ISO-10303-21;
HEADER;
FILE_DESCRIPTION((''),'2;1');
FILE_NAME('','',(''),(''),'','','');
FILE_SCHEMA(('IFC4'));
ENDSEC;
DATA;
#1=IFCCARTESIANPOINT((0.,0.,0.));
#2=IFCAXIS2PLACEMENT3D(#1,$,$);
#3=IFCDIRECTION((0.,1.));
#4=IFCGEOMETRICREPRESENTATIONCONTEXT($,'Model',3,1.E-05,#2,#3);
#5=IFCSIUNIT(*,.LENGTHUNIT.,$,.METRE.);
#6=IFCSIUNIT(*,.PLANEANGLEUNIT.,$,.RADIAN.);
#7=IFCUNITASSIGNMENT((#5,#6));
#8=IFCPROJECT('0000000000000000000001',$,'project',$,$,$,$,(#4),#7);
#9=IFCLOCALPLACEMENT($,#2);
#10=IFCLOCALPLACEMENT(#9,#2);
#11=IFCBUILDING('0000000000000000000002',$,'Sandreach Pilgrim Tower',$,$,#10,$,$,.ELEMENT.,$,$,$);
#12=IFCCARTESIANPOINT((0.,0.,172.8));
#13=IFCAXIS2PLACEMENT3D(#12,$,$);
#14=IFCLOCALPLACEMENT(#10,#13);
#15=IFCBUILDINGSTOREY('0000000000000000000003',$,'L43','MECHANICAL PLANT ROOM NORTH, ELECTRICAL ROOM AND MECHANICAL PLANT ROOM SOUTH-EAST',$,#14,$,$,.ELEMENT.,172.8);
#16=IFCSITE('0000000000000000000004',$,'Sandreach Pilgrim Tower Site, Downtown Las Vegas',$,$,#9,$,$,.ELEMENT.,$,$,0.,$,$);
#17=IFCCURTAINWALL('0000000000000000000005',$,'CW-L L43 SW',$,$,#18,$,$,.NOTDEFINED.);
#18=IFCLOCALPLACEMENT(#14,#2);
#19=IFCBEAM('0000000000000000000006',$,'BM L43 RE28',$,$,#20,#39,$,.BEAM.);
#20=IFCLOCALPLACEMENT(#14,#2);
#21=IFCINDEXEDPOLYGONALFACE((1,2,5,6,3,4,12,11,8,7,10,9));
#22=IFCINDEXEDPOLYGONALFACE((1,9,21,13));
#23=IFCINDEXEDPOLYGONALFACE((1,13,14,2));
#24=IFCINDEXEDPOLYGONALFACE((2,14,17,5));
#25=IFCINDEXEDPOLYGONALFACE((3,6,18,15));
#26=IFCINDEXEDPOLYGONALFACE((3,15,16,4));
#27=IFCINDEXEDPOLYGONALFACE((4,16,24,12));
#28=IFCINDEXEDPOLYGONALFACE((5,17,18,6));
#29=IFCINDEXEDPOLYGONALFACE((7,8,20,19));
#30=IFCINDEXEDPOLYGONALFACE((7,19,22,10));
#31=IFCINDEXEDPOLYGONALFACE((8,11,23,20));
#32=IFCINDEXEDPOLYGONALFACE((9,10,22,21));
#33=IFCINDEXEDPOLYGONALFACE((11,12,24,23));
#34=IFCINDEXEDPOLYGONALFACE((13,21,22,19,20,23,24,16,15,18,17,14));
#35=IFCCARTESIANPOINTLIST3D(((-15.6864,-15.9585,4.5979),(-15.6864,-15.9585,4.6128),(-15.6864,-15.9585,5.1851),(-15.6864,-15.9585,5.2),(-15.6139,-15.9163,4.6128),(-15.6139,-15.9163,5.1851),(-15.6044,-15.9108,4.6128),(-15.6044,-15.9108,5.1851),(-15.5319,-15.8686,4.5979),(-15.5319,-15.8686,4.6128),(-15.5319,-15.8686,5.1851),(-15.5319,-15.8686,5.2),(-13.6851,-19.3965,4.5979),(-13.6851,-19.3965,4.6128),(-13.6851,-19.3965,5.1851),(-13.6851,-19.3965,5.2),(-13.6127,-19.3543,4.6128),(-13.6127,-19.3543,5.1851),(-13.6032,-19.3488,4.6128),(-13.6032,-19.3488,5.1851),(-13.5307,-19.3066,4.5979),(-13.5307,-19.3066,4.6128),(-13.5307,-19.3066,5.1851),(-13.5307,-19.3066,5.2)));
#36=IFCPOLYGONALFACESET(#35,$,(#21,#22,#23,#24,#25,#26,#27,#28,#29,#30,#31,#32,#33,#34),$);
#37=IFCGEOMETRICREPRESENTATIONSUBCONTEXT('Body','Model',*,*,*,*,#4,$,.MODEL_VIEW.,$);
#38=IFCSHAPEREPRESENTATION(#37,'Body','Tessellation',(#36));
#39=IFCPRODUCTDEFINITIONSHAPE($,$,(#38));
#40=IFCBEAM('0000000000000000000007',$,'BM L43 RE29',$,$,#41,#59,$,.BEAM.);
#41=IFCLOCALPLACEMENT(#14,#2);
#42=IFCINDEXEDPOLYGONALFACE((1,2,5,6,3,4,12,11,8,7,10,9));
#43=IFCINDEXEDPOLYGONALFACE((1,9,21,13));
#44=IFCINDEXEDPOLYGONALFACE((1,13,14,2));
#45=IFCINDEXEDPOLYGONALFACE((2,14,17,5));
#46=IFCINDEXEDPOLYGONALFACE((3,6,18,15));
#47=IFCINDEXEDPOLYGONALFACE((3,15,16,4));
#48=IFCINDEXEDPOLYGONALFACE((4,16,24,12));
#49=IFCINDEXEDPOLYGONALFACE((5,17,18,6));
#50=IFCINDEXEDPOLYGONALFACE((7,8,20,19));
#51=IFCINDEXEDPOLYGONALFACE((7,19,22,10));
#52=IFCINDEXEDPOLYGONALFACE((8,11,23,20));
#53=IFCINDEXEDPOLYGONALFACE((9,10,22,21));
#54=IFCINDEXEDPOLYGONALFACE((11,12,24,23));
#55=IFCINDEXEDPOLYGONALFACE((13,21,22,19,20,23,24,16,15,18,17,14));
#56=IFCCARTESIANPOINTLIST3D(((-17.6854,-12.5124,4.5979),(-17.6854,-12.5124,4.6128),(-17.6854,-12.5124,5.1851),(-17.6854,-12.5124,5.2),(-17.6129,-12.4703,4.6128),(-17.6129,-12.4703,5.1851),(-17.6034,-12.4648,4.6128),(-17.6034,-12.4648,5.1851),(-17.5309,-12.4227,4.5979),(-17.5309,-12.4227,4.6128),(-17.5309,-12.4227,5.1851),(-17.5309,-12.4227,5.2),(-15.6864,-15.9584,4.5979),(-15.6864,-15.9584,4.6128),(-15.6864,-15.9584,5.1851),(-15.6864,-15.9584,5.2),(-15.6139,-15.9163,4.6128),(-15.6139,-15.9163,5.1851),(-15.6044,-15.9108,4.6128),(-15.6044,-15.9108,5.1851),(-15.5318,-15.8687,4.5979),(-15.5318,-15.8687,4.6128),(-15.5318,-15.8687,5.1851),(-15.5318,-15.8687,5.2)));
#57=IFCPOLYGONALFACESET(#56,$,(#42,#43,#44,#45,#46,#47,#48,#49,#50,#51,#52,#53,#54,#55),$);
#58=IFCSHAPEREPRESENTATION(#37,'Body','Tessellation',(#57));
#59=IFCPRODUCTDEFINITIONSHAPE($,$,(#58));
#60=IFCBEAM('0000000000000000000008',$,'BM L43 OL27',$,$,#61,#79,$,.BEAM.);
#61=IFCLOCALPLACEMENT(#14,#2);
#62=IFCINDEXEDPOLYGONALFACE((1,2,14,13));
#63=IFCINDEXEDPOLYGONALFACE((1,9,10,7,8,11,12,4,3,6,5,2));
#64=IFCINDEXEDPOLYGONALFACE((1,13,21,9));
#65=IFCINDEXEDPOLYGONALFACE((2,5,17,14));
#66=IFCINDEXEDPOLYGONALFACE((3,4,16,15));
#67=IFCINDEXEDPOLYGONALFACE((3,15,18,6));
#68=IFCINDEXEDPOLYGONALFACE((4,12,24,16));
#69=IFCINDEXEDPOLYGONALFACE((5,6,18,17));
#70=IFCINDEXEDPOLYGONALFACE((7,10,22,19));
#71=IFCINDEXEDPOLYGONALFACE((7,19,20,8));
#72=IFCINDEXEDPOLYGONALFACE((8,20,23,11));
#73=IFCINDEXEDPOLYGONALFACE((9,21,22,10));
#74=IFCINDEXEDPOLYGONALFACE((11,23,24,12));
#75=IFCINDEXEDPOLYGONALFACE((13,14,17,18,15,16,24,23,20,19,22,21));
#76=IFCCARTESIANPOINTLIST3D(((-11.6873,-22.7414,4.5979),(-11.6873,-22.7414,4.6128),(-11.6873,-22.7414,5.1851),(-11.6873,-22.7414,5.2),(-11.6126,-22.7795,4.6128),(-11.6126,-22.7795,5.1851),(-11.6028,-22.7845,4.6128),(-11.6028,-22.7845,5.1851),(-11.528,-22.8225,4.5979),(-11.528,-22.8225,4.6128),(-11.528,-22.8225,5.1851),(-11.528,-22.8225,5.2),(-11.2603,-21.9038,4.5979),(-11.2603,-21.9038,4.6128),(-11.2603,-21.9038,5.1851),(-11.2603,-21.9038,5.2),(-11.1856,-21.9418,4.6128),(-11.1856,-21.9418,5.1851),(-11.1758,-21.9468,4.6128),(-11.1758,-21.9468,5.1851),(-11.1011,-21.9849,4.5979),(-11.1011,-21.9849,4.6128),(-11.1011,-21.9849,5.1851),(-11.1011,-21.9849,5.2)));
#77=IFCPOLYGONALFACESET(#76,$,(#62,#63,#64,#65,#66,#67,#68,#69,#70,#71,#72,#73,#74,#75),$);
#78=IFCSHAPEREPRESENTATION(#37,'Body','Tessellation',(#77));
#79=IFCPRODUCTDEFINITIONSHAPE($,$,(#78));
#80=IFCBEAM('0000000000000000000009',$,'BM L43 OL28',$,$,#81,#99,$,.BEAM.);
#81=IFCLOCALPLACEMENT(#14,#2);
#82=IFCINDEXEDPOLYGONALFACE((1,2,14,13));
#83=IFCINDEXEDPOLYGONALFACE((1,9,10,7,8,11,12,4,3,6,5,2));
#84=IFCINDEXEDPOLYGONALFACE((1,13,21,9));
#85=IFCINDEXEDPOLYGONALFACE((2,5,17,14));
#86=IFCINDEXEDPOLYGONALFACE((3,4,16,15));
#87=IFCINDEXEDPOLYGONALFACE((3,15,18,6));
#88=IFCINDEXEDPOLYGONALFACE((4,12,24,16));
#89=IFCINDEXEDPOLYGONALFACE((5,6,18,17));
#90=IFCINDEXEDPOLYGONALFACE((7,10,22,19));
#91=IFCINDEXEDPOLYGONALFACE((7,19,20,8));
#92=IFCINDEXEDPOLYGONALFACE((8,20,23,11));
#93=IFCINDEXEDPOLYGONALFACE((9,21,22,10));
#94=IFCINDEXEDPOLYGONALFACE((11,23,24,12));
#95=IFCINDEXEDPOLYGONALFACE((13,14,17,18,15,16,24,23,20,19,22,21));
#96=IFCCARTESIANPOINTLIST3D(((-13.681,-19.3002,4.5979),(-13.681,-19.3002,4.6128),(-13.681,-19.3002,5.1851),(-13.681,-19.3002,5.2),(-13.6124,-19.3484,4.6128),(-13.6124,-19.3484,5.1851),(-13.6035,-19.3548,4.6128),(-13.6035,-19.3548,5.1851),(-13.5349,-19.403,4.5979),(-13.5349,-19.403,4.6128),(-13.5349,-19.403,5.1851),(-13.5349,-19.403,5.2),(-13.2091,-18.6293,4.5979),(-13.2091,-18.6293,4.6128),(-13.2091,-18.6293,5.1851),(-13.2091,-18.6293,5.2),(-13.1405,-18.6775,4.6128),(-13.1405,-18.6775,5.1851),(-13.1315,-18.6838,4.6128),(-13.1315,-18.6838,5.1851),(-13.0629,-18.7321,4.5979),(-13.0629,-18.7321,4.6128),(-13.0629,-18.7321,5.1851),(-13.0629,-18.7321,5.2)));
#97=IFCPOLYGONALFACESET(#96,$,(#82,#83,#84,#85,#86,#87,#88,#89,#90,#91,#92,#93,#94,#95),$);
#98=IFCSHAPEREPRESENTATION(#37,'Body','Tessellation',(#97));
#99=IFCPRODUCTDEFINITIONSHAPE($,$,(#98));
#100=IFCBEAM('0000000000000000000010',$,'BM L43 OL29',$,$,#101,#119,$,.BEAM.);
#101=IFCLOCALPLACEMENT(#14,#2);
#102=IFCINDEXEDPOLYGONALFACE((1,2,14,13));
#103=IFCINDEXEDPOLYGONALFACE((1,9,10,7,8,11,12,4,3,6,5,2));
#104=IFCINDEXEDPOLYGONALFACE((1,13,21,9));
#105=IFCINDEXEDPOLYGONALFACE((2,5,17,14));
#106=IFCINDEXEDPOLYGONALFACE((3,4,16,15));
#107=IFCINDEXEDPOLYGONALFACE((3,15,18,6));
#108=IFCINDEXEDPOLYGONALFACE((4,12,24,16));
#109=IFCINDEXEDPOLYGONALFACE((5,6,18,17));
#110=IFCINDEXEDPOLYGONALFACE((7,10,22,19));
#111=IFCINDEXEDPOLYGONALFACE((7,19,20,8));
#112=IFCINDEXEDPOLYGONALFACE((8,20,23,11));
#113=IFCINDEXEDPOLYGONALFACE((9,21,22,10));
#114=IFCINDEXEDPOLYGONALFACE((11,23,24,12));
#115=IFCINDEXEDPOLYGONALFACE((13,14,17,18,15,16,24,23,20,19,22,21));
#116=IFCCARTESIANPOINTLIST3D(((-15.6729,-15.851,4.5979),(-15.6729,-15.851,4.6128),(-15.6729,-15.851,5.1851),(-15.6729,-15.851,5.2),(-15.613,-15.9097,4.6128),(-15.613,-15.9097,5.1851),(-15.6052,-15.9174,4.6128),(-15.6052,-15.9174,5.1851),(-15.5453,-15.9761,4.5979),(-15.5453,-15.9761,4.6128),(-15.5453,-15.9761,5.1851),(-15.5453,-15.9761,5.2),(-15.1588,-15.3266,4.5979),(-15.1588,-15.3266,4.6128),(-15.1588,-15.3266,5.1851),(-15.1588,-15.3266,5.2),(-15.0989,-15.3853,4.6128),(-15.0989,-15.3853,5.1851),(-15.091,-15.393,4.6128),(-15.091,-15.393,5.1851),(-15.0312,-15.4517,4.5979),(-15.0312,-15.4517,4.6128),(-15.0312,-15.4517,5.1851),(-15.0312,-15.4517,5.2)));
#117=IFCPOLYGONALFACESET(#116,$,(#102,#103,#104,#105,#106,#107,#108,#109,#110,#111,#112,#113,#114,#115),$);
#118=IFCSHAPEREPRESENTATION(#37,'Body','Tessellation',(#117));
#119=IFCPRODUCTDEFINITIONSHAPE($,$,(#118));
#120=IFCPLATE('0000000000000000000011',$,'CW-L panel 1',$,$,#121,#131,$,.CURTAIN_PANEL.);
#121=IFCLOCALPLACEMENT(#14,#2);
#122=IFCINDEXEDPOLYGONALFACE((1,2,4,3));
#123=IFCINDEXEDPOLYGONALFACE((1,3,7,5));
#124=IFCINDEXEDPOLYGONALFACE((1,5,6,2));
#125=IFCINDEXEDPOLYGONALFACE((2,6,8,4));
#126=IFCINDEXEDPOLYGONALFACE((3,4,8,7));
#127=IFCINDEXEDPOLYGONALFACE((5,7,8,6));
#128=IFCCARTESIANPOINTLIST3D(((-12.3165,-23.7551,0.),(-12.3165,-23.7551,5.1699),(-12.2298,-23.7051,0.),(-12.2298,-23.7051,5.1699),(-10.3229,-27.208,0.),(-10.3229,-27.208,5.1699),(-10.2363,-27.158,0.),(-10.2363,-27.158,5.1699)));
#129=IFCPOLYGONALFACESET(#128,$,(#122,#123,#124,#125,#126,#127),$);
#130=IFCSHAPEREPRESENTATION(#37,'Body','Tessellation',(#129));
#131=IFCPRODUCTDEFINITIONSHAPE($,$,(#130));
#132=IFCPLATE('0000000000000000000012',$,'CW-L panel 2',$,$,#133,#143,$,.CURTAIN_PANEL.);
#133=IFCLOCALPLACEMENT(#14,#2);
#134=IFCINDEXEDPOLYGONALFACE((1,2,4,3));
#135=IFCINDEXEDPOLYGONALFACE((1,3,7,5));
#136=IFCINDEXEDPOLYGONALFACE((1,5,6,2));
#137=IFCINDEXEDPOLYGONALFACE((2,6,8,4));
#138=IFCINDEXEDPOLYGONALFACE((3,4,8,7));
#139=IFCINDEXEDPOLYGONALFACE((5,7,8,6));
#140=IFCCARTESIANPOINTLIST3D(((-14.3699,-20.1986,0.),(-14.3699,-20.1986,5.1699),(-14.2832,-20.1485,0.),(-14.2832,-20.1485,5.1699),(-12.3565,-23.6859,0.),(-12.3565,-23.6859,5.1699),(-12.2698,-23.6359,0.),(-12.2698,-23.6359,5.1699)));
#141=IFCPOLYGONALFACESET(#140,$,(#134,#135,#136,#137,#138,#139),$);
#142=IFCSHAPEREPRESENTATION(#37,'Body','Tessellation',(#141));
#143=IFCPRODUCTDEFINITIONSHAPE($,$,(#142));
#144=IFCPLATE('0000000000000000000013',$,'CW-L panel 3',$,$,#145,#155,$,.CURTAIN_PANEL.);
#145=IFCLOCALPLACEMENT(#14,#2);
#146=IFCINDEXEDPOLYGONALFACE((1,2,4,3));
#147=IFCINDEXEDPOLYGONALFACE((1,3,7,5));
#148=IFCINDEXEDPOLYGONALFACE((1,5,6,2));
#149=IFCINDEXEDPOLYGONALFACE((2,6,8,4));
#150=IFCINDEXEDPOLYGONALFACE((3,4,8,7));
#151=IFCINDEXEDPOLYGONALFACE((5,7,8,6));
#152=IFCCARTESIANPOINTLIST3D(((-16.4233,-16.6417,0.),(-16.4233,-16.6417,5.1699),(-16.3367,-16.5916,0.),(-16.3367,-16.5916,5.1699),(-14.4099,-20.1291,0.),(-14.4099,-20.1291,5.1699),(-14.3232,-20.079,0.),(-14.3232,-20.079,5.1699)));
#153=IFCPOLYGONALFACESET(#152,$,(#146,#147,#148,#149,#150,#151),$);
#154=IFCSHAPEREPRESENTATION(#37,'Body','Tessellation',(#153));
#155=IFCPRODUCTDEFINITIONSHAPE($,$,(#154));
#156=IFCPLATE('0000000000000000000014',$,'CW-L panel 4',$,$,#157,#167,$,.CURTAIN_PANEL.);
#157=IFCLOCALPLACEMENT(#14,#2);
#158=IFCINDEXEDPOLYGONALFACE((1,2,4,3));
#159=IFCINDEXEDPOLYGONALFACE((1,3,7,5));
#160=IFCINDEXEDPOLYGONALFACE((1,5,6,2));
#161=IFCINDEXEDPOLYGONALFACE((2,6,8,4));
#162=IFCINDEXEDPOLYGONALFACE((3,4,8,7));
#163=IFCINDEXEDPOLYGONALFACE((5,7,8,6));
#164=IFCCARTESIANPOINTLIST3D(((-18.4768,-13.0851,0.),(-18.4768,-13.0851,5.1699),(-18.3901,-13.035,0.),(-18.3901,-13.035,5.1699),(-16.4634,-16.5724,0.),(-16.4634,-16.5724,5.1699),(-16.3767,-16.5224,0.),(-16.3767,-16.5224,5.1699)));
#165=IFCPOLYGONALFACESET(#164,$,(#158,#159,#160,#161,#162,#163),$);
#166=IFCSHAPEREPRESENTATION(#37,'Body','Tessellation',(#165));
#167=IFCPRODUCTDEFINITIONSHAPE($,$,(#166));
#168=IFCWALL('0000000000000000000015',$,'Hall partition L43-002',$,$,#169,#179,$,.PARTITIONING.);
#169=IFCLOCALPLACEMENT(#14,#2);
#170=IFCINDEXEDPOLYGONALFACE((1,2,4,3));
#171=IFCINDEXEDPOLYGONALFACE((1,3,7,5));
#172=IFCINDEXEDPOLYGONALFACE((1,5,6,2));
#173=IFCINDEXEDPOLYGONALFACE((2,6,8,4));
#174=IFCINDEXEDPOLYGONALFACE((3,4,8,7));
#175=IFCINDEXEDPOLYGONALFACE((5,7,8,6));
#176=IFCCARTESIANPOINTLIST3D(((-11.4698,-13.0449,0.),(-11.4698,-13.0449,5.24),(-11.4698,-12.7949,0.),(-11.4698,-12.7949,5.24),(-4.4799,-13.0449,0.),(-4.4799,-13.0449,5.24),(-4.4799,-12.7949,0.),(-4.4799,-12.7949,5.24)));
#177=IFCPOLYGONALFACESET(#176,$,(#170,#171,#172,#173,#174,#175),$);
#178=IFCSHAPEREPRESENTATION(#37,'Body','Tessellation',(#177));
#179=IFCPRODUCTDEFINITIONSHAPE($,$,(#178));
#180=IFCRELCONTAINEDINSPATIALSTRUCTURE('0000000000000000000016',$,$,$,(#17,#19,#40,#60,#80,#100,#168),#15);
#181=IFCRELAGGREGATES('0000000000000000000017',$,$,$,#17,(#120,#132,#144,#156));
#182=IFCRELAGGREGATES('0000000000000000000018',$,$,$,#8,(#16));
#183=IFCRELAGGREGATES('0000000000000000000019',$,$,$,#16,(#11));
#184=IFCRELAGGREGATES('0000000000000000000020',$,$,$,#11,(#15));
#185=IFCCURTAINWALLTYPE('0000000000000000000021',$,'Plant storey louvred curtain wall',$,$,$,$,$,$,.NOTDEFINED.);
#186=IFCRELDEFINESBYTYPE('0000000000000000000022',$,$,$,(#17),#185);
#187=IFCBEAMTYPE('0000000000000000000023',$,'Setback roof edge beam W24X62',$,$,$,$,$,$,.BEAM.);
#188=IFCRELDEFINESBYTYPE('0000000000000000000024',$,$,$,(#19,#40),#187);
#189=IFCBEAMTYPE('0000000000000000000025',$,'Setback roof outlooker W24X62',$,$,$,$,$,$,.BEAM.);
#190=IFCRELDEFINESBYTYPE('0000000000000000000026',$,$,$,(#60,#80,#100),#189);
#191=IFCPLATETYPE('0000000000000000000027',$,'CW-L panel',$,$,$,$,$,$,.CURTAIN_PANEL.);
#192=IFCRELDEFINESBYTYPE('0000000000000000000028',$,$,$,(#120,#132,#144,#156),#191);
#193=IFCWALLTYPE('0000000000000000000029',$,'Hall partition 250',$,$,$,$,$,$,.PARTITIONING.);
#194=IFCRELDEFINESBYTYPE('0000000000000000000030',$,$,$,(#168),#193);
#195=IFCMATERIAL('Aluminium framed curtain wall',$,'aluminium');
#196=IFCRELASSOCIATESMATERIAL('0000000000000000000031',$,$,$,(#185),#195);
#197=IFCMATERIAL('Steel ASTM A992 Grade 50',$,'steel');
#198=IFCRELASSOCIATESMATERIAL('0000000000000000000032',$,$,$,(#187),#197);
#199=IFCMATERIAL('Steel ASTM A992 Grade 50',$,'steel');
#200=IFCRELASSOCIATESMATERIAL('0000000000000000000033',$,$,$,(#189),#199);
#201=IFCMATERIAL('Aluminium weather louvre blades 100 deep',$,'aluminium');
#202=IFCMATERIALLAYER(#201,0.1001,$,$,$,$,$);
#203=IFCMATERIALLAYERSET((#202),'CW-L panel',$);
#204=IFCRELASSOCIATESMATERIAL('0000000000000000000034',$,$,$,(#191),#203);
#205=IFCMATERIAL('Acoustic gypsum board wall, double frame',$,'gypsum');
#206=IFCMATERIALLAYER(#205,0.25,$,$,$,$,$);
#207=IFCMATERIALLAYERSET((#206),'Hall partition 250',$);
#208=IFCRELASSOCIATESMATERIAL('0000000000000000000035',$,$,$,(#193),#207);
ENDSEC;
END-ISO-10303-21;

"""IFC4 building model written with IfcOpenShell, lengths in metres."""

from ifc_helpers import new_model, si_unit, direction, frame, frame_2d, origin, origin_2d, place, context, subcontext, project, spatial, rectangle, i_section, extrude, material, layer, layer_set, material_profile, profile_set, type_object, element, aggregate, save


model = new_model("IFC4")

# Units and contexts
model_context = context("Model", 3, precision=1e-05, world=origin(), true_north=direction((0.0, 1.0)))
body_context = subcontext(model_context, "Body", "Model", "MODEL_VIEW")
ifc_project = project(units=[si_unit("LENGTHUNIT", "METRE"), si_unit("PLANEANGLEUNIT", "RADIAN")], contexts=[model_context])

# Site, building, storey
site_placement = place(None, origin())
site = spatial("IfcSite", under=ifc_project, at=site_placement, Name="Sandreach Pilgrim Tower Site, Downtown Las Vegas", CompositionType="ELEMENT", RefElevation=0.0)
building_placement = place(site_placement, origin())
building = spatial("IfcBuilding", under=site, at=building_placement, Name="Sandreach Pilgrim Tower", CompositionType="ELEMENT")
storey_placement = place(building_placement, frame((0.0, 0.0, 172.8)))
storey = spatial("IfcBuildingStorey", under=building, at=storey_placement, Name="L43", Description="MECHANICAL PLANT ROOM NORTH, ELECTRICAL ROOM AND MECHANICAL PLANT ROOM SOUTH-EAST", CompositionType="ELEMENT", Elevation=172.8)

# Curtain wall
ifc_material_1 = material(Name="Aluminium framed curtain wall", Category="aluminium")
curtain_wall_type = type_object("IfcCurtainWallType", Name="Plant storey louvred curtain wall", PredefinedType="NOTDEFINED", material=ifc_material_1)
curtain_wall_placement = place(storey_placement, origin())
curtain_wall = element("IfcCurtainWall", 1, at=curtain_wall_placement, inside=storey, type_object=curtain_wall_type, Name="CW-L L43 SW", PredefinedType="NOTDEFINED")

# Beams
ifc_material_2 = material(Name="Steel ASTM A992 Grade 50", Category="steel")
ifc_material_profile_1 = material_profile(ifc_material_2, i_section(OverallWidth=0.1787, OverallDepth=0.6021, WebThickness=0.011, FlangeThickness=0.0149, at=origin_2d()), Name="W24X62")
ifc_profile_set_1 = profile_set([ifc_material_profile_1], Name="Steel ASTM A992 Grade 50")
beam_type_1 = type_object("IfcBeamType", Name="Setback roof edge beam W24X62", PredefinedType="BEAM", material=ifc_profile_set_1)
beam_1_placement = place(storey_placement, frame((-13.6079, -19.3516, 4.8989), z_axis=(-0.503069, 0.864246, 0.0), x_axis=(-0.864246, -0.503069, 0.0)))
element("IfcBeam", 2, at=beam_1_placement, inside=storey, type_object=beam_type_1, Name="BM L43 RE28", PredefinedType="BEAM", context=body_context, shape_type="SweptSolid", body=[
    extrude(i_section(OverallWidth=0.1787, OverallDepth=0.6021, WebThickness=0.011, FlangeThickness=0.0149, at=origin_2d()), origin(), (0.0, 0.0, 1.0), 3.978),
])
beam_2_placement = place(storey_placement, frame((-15.6091, -15.9136, 4.8989), z_axis=(-0.501778, 0.864997, 0.0), x_axis=(-0.864997, -0.501778, 0.0)))
element("IfcBeam", 3, at=beam_2_placement, inside=storey, type_object=beam_type_1, Name="BM L43 RE29", PredefinedType="BEAM", context=body_context, shape_type="SweptSolid", body=[
    extrude(i_section(OverallWidth=0.1787, OverallDepth=0.6021, WebThickness=0.011, FlangeThickness=0.0149, at=origin_2d()), origin(), (0.0, 0.0, 1.0), 3.9839),
])
ifc_material_3 = material(Name="Steel ASTM A992 Grade 50", Category="steel")
ifc_material_profile_2 = material_profile(ifc_material_3, i_section(OverallWidth=0.1787, OverallDepth=0.6021, WebThickness=0.011, FlangeThickness=0.0149, at=origin_2d()), Name="W24X62")
ifc_profile_set_2 = profile_set([ifc_material_profile_2], Name="Steel ASTM A992 Grade 50")
beam_type_2 = type_object("IfcBeamType", Name="Setback roof outlooker W24X62", PredefinedType="BEAM", material=ifc_profile_set_2)
beam_3_placement = place(storey_placement, frame((-11.1807, -21.9443, 4.8989), z_axis=(-0.454159, -0.890921, 0.0), x_axis=(0.890921, -0.454159, 0.0)))
element("IfcBeam", 4, at=beam_3_placement, inside=storey, type_object=beam_type_2, Name="BM L43 OL27", PredefinedType="BEAM", context=body_context, shape_type="SweptSolid", body=[
    extrude(i_section(OverallWidth=0.1787, OverallDepth=0.6021, WebThickness=0.011, FlangeThickness=0.0149, at=origin_2d()), origin(), (0.0, 0.0, 1.0), 0.9402),
])
beam_4_placement = place(storey_placement, frame((-13.136, -18.6807, 4.8989), z_axis=(-0.575339, -0.817915, 0.0), x_axis=(0.817915, -0.575339, 0.0)))
element("IfcBeam", 5, at=beam_4_placement, inside=storey, type_object=beam_type_2, Name="BM L43 OL28", PredefinedType="BEAM", context=body_context, shape_type="SweptSolid", body=[
    extrude(i_section(OverallWidth=0.1787, OverallDepth=0.6021, WebThickness=0.011, FlangeThickness=0.0149, at=origin_2d()), origin(), (0.0, 0.0, 1.0), 0.8203),
])
beam_5_placement = place(storey_placement, frame((-15.095, -15.3892, 4.8989), z_axis=(-0.700091, -0.714053, 0.0), x_axis=(0.714053, -0.700091, 0.0)))
element("IfcBeam", 6, at=beam_5_placement, inside=storey, type_object=beam_type_2, Name="BM L43 OL29", PredefinedType="BEAM", context=body_context, shape_type="SweptSolid", body=[
    extrude(i_section(OverallWidth=0.1787, OverallDepth=0.6021, WebThickness=0.011, FlangeThickness=0.0149, at=origin_2d()), origin(), (0.0, 0.0, 1.0), 0.7344),
])

# Plates
ifc_material_4 = material(Name="Aluminium weather louvre blades 100 deep", Category="aluminium")
ifc_layer_1 = layer(ifc_material_4, 0.1001)
ifc_layer_set_1 = layer_set([ifc_layer_1], Name="CW-L panel")
plate_type = type_object("IfcPlateType", Name="CW-L panel", PredefinedType="CURTAIN_PANEL", material=ifc_layer_set_1)
plate_1_placement = place(storey_placement, frame((-11.2764, -25.4565, 0.0), z_axis=(0.0, 0.0, 1.0), x_axis=(-0.5, 0.866025, 0.0)))
plate_1 = element("IfcPlate", 7, at=plate_1_placement, type_object=plate_type, Name="CW-L panel 1", PredefinedType="CURTAIN_PANEL", context=body_context, shape_type="SweptSolid", body=[
    extrude(rectangle(XDim=3.9871, YDim=0.1001, at=origin_2d()), origin(), (0.0, 0.0, 1.0), 5.1699),
])
plate_2_placement = place(storey_placement, frame((-13.3198, -21.9172, 0.0), z_axis=(0.0, 0.0, 1.0), x_axis=(-0.5, 0.866025, 0.0)))
plate_2 = element("IfcPlate", 8, at=plate_2_placement, type_object=plate_type, Name="CW-L panel 2", PredefinedType="CURTAIN_PANEL", context=body_context, shape_type="SweptSolid", body=[
    extrude(rectangle(XDim=4.0269, YDim=0.1001, at=origin_2d()), origin(), (0.0, 0.0, 1.0), 5.1699),
])
plate_3_placement = place(storey_placement, frame((-15.3733, -18.3604, 0.0), z_axis=(0.0, 0.0, 1.0), x_axis=(-0.5, 0.866025, 0.0)))
plate_3 = element("IfcPlate", 9, at=plate_3_placement, type_object=plate_type, Name="CW-L panel 3", PredefinedType="CURTAIN_PANEL", context=body_context, shape_type="SweptSolid", body=[
    extrude(rectangle(XDim=4.0269, YDim=0.1001, at=origin_2d()), origin(), (0.0, 0.0, 1.0), 5.1699),
])
plate_4_placement = place(storey_placement, frame((-17.4268, -14.8037, 0.0), z_axis=(0.0, 0.0, 1.0), x_axis=(-0.5, 0.866025, 0.0)))
plate_4 = element("IfcPlate", 10, at=plate_4_placement, type_object=plate_type, Name="CW-L panel 4", PredefinedType="CURTAIN_PANEL", context=body_context, shape_type="SweptSolid", body=[
    extrude(rectangle(XDim=4.0269, YDim=0.1001, at=origin_2d()), origin(), (0.0, 0.0, 1.0), 5.1699),
])
aggregate(curtain_wall, [plate_1, plate_2, plate_3, plate_4])

# Wall
ifc_material_5 = material(Name="Acoustic gypsum board wall, double frame", Category="gypsum")
ifc_layer_2 = layer(ifc_material_5, 0.25)
ifc_layer_set_2 = layer_set([ifc_layer_2], Name="Hall partition 250")
wall_type = type_object("IfcWallType", Name="Hall partition 250", PredefinedType="PARTITIONING", material=ifc_layer_set_2)
wall_placement = place(storey_placement, frame((-11.47, -12.9199, 0.0), z_axis=(0.0, 0.0, 1.0), x_axis=(1.0, 0.0, 0.0)))
element("IfcWall", 11, at=wall_placement, inside=storey, type_object=wall_type, Name="Hall partition L43-002", PredefinedType="PARTITIONING", context=body_context, shape_type="SweptSolid", body=[
    extrude(rectangle(XDim=6.99, YDim=0.25, at=frame_2d((3.4951, 0.0))), origin(), (0.0, 0.0, 1.0), 5.24),
])

save(model, "model.ifc")
